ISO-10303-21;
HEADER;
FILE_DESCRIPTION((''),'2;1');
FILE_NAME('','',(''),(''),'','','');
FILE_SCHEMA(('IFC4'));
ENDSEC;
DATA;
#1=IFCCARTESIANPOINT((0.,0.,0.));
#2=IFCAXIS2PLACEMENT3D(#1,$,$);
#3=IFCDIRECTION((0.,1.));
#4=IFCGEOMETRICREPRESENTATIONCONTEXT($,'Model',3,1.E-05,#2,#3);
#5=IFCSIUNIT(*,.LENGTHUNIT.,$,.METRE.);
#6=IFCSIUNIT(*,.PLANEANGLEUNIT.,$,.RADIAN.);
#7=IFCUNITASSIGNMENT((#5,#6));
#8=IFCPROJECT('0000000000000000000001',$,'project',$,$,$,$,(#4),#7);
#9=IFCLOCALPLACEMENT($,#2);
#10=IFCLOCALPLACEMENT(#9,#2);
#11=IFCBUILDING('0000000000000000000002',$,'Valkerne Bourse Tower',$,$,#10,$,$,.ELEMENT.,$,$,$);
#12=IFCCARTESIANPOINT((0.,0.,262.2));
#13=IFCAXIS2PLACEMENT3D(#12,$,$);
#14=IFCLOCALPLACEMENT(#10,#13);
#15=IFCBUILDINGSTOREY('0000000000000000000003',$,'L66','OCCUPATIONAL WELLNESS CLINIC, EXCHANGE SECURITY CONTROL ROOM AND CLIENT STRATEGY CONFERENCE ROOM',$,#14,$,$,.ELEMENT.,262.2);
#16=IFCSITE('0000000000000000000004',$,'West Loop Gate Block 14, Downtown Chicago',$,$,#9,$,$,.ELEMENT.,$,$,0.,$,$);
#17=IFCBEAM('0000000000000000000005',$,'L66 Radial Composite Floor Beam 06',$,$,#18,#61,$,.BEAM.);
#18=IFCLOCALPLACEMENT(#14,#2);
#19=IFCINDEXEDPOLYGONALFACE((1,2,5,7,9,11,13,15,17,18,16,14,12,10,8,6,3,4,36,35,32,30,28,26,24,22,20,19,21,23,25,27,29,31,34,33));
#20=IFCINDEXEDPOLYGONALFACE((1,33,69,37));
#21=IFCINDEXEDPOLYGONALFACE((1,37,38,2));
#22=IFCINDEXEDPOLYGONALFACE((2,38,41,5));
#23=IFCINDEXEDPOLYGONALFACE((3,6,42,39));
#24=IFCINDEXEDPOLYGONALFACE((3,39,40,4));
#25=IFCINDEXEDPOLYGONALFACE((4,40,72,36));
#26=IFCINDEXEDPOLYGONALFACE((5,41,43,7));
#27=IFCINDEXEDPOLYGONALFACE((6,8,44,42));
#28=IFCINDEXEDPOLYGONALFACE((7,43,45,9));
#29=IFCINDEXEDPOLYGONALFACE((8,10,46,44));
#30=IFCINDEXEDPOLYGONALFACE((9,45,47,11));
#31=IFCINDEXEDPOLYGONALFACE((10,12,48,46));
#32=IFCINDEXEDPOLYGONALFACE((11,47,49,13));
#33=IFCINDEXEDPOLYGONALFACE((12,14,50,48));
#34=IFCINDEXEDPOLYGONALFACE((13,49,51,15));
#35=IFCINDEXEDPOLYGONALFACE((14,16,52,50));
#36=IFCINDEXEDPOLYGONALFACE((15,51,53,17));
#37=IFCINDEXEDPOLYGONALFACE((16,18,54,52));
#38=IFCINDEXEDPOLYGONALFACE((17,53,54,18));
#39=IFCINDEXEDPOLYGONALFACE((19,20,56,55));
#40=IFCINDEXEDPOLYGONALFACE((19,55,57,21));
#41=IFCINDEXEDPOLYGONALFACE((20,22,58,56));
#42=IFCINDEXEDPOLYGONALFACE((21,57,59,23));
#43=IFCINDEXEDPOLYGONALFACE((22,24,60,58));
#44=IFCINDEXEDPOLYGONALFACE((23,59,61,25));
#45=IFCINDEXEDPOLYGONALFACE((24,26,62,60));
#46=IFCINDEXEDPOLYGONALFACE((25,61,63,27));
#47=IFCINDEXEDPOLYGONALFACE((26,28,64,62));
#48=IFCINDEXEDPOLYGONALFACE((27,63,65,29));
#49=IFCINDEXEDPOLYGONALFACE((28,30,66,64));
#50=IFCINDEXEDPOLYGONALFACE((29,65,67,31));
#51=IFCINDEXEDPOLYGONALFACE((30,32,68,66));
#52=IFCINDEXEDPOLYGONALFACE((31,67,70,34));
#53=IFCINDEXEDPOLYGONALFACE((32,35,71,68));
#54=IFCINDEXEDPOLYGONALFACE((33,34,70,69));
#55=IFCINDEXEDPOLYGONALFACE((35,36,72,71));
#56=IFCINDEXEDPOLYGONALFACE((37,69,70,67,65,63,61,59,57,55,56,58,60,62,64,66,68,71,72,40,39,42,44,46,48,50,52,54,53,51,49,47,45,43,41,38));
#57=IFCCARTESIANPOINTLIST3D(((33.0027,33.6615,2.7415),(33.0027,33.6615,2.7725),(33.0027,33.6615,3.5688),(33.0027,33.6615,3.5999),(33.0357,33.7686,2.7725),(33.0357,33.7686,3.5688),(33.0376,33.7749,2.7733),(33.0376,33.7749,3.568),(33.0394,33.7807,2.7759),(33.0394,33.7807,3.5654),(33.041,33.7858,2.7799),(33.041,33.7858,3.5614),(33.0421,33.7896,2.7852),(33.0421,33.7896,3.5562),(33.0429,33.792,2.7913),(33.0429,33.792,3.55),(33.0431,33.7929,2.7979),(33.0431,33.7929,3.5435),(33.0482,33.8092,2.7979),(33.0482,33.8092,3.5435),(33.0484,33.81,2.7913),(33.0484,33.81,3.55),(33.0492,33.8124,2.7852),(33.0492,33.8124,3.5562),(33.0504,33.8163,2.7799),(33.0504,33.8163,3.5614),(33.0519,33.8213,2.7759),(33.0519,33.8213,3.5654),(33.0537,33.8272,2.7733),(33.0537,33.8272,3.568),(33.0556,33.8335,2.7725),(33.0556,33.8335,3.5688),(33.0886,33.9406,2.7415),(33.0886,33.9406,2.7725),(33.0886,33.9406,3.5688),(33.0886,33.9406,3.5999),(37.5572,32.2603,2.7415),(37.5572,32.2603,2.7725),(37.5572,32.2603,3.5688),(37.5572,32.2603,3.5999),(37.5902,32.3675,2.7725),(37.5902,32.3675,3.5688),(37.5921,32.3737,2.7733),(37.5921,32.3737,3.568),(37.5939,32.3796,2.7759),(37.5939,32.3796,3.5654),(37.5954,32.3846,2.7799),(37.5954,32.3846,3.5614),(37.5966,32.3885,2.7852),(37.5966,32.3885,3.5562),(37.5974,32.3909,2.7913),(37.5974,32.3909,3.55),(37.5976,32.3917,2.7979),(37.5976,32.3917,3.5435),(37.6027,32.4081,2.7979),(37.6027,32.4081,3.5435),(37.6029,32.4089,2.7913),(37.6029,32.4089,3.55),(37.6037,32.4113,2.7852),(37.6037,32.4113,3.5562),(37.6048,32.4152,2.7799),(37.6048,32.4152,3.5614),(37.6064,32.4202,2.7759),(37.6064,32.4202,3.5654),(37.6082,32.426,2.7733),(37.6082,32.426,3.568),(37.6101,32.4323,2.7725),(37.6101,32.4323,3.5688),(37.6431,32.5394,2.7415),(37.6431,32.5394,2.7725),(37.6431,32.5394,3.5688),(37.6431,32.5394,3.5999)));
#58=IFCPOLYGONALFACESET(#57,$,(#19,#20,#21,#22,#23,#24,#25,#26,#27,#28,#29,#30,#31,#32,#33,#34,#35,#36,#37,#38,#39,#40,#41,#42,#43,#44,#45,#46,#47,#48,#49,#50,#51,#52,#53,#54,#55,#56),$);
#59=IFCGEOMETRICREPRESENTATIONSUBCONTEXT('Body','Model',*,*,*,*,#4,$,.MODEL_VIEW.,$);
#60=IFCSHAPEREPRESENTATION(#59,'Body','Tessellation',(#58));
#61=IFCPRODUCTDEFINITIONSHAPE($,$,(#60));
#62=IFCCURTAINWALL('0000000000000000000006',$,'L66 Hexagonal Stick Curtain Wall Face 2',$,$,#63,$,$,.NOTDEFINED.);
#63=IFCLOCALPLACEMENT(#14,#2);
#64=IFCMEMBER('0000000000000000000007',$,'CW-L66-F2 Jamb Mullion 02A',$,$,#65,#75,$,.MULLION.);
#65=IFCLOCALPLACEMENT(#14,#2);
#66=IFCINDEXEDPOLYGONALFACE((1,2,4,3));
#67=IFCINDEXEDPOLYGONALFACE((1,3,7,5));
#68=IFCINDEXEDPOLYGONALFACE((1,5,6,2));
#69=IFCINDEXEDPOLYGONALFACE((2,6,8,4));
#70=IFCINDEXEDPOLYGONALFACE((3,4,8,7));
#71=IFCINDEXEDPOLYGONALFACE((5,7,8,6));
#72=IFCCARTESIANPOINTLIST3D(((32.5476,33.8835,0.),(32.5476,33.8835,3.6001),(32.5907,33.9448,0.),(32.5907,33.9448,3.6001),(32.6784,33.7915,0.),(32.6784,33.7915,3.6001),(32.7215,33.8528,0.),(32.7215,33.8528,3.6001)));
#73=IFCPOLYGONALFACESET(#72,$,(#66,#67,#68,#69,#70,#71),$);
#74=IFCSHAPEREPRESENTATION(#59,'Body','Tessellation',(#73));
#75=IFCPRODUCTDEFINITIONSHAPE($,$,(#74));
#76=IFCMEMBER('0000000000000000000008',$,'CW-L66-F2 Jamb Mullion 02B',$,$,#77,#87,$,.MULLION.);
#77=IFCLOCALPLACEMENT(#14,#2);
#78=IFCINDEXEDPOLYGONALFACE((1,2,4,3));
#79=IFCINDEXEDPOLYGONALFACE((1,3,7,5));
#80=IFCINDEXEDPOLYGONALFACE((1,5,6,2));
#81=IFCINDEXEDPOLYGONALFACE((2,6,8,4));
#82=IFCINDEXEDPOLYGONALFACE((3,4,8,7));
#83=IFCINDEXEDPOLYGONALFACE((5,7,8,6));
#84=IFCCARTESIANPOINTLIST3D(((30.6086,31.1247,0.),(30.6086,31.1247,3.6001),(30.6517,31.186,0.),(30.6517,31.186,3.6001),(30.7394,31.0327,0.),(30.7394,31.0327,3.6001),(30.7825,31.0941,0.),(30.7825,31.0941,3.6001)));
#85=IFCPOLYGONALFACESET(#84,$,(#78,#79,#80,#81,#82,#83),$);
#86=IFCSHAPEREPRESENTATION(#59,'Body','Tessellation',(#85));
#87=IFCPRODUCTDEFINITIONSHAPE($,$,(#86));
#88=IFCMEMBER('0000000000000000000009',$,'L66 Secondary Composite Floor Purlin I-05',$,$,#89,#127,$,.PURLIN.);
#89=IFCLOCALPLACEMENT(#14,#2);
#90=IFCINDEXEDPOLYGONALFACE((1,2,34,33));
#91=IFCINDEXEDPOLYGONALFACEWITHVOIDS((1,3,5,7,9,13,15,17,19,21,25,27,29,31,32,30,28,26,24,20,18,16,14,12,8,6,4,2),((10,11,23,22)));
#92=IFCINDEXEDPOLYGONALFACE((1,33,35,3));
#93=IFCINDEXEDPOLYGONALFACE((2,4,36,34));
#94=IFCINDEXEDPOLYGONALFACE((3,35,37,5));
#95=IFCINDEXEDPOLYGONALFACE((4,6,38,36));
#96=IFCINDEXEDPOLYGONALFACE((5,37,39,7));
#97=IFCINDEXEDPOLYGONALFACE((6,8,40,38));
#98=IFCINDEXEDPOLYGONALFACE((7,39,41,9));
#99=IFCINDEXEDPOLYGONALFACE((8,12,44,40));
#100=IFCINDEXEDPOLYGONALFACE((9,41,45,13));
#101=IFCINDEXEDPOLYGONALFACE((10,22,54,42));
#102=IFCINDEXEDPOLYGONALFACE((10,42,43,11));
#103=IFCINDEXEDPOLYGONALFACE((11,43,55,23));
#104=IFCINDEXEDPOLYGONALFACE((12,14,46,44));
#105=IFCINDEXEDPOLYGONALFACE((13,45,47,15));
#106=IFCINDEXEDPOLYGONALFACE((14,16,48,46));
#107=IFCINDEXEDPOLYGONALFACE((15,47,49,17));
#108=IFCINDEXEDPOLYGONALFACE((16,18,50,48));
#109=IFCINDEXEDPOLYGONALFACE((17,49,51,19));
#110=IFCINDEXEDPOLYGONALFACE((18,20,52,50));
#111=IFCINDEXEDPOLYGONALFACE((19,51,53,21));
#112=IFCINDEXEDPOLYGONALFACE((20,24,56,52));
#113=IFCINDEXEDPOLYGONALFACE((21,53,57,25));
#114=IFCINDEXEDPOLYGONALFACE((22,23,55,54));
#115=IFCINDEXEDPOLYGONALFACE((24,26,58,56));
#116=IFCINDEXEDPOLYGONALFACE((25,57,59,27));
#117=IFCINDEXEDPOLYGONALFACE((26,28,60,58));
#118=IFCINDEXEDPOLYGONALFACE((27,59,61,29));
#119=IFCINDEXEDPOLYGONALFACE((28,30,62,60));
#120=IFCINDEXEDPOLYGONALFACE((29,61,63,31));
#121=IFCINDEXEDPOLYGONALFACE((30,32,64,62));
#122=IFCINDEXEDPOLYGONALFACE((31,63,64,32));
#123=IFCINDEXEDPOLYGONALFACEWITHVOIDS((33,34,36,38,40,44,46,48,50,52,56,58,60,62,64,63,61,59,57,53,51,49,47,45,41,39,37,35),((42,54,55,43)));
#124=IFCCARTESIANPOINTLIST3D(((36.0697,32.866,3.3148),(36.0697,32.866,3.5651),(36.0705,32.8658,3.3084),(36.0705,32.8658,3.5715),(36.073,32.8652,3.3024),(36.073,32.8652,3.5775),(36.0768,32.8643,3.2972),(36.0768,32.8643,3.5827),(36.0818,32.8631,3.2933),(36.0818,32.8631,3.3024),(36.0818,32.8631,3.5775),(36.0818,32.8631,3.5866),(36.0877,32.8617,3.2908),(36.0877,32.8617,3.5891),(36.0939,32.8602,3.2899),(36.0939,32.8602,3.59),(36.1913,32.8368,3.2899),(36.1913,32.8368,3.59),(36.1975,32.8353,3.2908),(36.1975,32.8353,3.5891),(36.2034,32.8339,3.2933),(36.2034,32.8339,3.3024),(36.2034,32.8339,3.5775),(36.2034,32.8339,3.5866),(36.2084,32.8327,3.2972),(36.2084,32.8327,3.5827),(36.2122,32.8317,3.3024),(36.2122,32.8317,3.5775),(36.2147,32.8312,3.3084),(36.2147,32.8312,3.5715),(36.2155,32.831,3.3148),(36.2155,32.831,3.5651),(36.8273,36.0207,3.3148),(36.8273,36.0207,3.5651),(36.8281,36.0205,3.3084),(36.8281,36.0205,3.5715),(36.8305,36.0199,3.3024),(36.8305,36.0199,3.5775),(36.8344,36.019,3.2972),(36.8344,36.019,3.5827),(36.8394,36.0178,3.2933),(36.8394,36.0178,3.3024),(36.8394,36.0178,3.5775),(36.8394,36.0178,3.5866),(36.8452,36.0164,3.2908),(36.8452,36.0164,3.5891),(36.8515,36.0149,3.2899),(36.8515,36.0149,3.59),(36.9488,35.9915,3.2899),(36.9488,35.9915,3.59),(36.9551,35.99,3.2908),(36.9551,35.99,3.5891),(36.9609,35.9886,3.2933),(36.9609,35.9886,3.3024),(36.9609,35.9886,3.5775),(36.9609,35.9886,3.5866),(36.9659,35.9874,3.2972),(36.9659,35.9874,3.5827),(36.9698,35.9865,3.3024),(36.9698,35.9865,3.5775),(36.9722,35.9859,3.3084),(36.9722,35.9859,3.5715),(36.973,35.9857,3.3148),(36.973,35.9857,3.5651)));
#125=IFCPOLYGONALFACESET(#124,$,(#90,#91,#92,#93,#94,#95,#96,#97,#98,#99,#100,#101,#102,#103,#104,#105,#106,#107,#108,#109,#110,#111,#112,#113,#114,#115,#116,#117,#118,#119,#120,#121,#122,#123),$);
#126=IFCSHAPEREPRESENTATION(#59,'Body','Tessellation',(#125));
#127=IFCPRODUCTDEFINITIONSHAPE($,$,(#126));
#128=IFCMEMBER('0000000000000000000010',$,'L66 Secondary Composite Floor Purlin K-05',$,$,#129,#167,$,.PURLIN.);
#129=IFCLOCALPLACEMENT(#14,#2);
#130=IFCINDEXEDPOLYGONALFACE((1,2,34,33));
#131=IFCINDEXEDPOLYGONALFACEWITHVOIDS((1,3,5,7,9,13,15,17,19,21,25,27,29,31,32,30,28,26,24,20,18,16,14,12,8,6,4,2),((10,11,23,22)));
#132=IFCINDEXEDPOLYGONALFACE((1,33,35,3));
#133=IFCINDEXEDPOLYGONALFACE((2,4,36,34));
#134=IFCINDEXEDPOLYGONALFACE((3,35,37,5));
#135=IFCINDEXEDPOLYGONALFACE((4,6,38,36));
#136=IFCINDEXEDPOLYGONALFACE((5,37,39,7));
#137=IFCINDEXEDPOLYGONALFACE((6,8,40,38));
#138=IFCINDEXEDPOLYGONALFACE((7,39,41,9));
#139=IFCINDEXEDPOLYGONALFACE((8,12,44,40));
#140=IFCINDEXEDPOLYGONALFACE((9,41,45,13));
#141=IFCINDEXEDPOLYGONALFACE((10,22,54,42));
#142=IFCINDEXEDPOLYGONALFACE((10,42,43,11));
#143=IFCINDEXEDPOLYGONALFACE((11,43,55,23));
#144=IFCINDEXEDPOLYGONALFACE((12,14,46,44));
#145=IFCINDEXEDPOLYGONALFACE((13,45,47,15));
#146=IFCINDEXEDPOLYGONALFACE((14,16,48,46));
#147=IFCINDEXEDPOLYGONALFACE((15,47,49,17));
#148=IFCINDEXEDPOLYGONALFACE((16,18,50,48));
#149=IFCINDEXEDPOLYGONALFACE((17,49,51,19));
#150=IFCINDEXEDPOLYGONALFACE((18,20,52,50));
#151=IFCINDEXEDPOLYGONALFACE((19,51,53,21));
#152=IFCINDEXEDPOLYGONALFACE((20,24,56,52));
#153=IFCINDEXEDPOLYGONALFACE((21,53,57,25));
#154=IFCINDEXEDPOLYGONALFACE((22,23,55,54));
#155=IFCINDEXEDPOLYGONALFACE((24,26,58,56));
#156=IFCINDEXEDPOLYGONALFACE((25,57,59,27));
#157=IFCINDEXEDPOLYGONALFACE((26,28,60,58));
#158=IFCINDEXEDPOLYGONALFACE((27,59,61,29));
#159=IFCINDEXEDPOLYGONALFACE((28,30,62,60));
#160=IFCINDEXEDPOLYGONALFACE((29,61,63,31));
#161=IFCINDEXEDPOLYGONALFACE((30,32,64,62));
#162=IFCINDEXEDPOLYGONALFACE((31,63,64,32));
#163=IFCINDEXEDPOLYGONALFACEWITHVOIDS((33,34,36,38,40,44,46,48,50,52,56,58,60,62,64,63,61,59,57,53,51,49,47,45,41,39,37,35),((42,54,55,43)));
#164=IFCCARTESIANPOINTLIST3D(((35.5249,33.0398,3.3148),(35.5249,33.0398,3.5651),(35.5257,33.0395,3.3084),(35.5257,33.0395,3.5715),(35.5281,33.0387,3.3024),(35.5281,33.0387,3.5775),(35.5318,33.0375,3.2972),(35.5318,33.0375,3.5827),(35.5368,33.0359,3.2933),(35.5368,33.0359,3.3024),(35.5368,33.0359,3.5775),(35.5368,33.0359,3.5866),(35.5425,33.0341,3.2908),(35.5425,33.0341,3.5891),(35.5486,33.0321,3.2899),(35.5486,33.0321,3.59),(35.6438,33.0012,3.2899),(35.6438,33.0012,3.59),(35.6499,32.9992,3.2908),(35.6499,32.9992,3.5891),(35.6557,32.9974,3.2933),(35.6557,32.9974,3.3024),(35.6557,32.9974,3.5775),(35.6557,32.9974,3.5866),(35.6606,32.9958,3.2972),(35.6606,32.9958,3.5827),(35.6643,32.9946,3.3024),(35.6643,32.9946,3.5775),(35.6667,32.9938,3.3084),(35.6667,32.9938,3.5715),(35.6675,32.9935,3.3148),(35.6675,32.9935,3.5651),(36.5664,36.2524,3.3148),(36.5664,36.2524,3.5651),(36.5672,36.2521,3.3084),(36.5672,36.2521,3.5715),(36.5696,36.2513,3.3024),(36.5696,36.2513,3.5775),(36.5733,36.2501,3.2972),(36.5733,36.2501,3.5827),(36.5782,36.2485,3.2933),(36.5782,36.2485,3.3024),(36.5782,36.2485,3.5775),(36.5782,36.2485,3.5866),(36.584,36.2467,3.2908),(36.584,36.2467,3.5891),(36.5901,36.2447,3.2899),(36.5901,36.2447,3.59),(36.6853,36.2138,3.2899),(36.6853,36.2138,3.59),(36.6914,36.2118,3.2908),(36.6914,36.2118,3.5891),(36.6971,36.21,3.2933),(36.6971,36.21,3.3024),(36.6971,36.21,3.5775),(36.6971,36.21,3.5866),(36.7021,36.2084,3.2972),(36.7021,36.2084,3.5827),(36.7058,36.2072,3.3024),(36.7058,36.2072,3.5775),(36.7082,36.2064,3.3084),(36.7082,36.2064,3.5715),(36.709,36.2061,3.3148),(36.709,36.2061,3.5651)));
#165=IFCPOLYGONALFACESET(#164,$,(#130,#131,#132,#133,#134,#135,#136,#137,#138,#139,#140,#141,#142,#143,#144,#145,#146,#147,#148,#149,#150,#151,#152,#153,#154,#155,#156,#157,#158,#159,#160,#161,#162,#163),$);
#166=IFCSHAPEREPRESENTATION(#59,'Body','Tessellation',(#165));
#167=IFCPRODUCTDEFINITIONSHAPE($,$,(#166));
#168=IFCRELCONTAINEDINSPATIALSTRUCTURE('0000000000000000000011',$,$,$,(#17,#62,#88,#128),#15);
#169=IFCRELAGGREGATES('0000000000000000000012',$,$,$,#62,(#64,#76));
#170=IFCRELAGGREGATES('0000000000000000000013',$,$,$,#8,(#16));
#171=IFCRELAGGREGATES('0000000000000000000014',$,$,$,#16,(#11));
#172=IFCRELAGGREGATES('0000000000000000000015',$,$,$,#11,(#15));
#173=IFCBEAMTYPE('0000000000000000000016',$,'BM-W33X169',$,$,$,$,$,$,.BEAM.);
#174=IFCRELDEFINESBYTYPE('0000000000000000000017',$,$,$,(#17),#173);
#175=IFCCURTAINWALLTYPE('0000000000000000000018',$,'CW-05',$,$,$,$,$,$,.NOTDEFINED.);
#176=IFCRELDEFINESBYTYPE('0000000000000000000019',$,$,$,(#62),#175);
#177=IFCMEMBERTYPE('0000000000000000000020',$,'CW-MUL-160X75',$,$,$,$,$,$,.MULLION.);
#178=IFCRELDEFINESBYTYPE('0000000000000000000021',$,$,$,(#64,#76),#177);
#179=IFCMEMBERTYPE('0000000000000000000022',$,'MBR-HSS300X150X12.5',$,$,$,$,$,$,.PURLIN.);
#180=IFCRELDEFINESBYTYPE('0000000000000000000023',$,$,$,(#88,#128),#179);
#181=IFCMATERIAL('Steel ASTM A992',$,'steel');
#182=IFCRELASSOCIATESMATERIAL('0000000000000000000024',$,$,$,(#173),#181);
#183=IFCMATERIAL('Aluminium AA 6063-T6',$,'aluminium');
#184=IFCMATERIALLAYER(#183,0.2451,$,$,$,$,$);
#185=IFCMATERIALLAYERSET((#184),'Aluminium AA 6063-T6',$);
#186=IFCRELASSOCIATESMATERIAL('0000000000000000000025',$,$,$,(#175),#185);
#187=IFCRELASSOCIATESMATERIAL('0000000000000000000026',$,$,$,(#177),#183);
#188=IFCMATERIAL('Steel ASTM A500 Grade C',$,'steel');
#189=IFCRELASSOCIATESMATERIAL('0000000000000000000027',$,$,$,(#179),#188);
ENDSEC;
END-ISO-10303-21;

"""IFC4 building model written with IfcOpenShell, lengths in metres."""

from ifc_helpers import new_model, si_unit, direction, frame, origin, origin_2d, place, context, subcontext, project, spatial, rectangle, hollow_rectangle, i_section, extrude, material, layer, layer_set, material_profile, profile_set, type_object, element, aggregate, save


model = new_model("IFC4")

# Units and contexts
model_context = context("Model", 3, precision=1e-05, world=origin(), true_north=direction((0.0, 1.0)))
body_context = subcontext(model_context, "Body", "Model", "MODEL_VIEW")
ifc_project = project(units=[si_unit("LENGTHUNIT", "METRE"), si_unit("PLANEANGLEUNIT", "RADIAN")], contexts=[model_context])

# Site, building, storey
site_placement = place(None, origin())
site = spatial("IfcSite", under=ifc_project, at=site_placement, Name="West Loop Gate Block 14, Downtown Chicago", CompositionType="ELEMENT", RefElevation=0.0)
building_placement = place(site_placement, origin())
building = spatial("IfcBuilding", under=site, at=building_placement, Name="Valkerne Bourse Tower", CompositionType="ELEMENT")
storey_placement = place(building_placement, frame((0.0, 0.0, 262.2)))
storey = spatial("IfcBuildingStorey", under=building, at=storey_placement, Name="L66", Description="OCCUPATIONAL WELLNESS CLINIC, EXCHANGE SECURITY CONTROL ROOM AND CLIENT STRATEGY CONFERENCE ROOM", CompositionType="ELEMENT", Elevation=262.2)

# Beam
ifc_material_1 = material(Name="Steel ASTM A992", Category="steel")
ifc_material_profile_1 = material_profile(ifc_material_1, i_section(OverallWidth=0.292, OverallDepth=0.8584, WebThickness=0.0171, FlangeThickness=0.031, FilletRadius=0.0254, at=origin_2d()), Name="W33X169")
ifc_profile_set_1 = profile_set([ifc_material_profile_1], Name="Steel ASTM A992")
beam_type_1 = type_object("IfcBeamType", Name="BM-W33X169", PredefinedType="BEAM", material=ifc_profile_set_1)
beam_1_placement = place(storey_placement, frame((33.0457, 33.801, 3.1707), z_axis=(0.955793, -0.294039, 0.0), x_axis=(0.294039, 0.955793, 0.0)))
element("IfcBeam", 1, at=beam_1_placement, inside=storey, type_object=beam_type_1, Name="L66 Radial Composite Floor Beam 06", PredefinedType="BEAM", context=body_context, shape_type="SweptSolid", body=[
    extrude(i_section(OverallWidth=0.292, OverallDepth=0.8584, WebThickness=0.0171, FlangeThickness=0.031, FilletRadius=0.0254, at=origin_2d()), origin(), (0.0, 0.0, 1.0), 4.7651),
])

# Curtain wall, members
ifc_material_2 = material(Name="Aluminium AA 6063-T6", Category="aluminium")
ifc_layer_1 = layer(ifc_material_2, 0.2451)
ifc_layer_set_1 = layer_set([ifc_layer_1], Name="Aluminium AA 6063-T6")
curtain_wall_type = type_object("IfcCurtainWallType", Name="CW-05", PredefinedType="NOTDEFINED", material=ifc_layer_set_1)
curtain_wall_placement = place(storey_placement, origin())
curtain_wall = element("IfcCurtainWall", 2, at=curtain_wall_placement, inside=storey, type_object=curtain_wall_type, Name="L66 Hexagonal Stick Curtain Wall Face 2", PredefinedType="NOTDEFINED")
ifc_material_profile_2 = material_profile(ifc_material_2, rectangle(XDim=0.075, YDim=0.1599, at=origin_2d()), Name="CWM-75X160")
ifc_profile_set_2 = profile_set([ifc_material_profile_2], Name="Aluminium AA 6063-T6")
member_type_1 = type_object("IfcMemberType", Name="CW-MUL-160X75", PredefinedType="MULLION", material=ifc_profile_set_2)
member_1_placement = place(storey_placement, frame((32.6345, 33.8682, 0.0), z_axis=(0.0, 0.0, 1.0), x_axis=(-0.575007, -0.818149, 0.0)))
member_1 = element("IfcMember", 3, at=member_1_placement, type_object=member_type_1, Name="CW-L66-F2 Jamb Mullion 02A", PredefinedType="MULLION", context=body_context, shape_type="SweptSolid", body=[
    extrude(rectangle(XDim=0.075, YDim=0.1599, at=origin_2d()), origin(), (0.0, 0.0, 1.0), 3.6001),
])
member_2_placement = place(storey_placement, frame((30.6956, 31.1094, 0.0), z_axis=(0.0, 0.0, 1.0), x_axis=(-0.575007, -0.818149, 0.0)))
member_2 = element("IfcMember", 4, at=member_2_placement, type_object=member_type_1, Name="CW-L66-F2 Jamb Mullion 02B", PredefinedType="MULLION", context=body_context, shape_type="SweptSolid", body=[
    extrude(rectangle(XDim=0.075, YDim=0.1599, at=origin_2d()), origin(), (0.0, 0.0, 1.0), 3.6001),
])

# Members
ifc_material_3 = material(Name="Steel ASTM A500 Grade C", Category="steel")
ifc_material_profile_3 = material_profile(ifc_material_3, hollow_rectangle(XDim=0.1499, YDim=0.3, WallThickness=0.0125, OuterFilletRadius=0.0249, at=origin_2d()), Name="HSS300X150X12.5")
ifc_profile_set_3 = profile_set([ifc_material_profile_3], Name="Steel ASTM A500 Grade C")
member_type_2 = type_object("IfcMemberType", Name="MBR-HSS300X150X12.5", PredefinedType="PURLIN", material=ifc_profile_set_3)
member_3_placement = place(storey_placement, frame((36.9001, 36.0032, 3.4399), z_axis=(-0.233495, -0.972358, 0.0), x_axis=(0.972358, -0.233495, 0.0)))
element("IfcMember", 5, at=member_3_placement, inside=storey, type_object=member_type_2, Name="L66 Secondary Composite Floor Purlin I-05", PredefinedType="PURLIN", context=body_context, shape_type="SweptSolid", body=[
    extrude(hollow_rectangle(XDim=0.1499, YDim=0.3, WallThickness=0.0125, OuterFilletRadius=0.0249, at=origin_2d()), origin(), (0.0, 0.0, 1.0), 3.2444),
])
member_4_placement = place(storey_placement, frame((36.6377, 36.2292, 3.4399), z_axis=(-0.308388, -0.951261, 0.0), x_axis=(0.951261, -0.308388, 0.0)))
element("IfcMember", 6, at=member_4_placement, inside=storey, type_object=member_type_2, Name="L66 Secondary Composite Floor Purlin K-05", PredefinedType="PURLIN", context=body_context, shape_type="SweptSolid", body=[
    extrude(hollow_rectangle(XDim=0.1499, YDim=0.3, WallThickness=0.0125, OuterFilletRadius=0.0249, at=origin_2d()), origin(), (0.0, 0.0, 1.0), 3.3772),
])

aggregate(curtain_wall, [member_1, member_2])

save(model, "model.ifc")
